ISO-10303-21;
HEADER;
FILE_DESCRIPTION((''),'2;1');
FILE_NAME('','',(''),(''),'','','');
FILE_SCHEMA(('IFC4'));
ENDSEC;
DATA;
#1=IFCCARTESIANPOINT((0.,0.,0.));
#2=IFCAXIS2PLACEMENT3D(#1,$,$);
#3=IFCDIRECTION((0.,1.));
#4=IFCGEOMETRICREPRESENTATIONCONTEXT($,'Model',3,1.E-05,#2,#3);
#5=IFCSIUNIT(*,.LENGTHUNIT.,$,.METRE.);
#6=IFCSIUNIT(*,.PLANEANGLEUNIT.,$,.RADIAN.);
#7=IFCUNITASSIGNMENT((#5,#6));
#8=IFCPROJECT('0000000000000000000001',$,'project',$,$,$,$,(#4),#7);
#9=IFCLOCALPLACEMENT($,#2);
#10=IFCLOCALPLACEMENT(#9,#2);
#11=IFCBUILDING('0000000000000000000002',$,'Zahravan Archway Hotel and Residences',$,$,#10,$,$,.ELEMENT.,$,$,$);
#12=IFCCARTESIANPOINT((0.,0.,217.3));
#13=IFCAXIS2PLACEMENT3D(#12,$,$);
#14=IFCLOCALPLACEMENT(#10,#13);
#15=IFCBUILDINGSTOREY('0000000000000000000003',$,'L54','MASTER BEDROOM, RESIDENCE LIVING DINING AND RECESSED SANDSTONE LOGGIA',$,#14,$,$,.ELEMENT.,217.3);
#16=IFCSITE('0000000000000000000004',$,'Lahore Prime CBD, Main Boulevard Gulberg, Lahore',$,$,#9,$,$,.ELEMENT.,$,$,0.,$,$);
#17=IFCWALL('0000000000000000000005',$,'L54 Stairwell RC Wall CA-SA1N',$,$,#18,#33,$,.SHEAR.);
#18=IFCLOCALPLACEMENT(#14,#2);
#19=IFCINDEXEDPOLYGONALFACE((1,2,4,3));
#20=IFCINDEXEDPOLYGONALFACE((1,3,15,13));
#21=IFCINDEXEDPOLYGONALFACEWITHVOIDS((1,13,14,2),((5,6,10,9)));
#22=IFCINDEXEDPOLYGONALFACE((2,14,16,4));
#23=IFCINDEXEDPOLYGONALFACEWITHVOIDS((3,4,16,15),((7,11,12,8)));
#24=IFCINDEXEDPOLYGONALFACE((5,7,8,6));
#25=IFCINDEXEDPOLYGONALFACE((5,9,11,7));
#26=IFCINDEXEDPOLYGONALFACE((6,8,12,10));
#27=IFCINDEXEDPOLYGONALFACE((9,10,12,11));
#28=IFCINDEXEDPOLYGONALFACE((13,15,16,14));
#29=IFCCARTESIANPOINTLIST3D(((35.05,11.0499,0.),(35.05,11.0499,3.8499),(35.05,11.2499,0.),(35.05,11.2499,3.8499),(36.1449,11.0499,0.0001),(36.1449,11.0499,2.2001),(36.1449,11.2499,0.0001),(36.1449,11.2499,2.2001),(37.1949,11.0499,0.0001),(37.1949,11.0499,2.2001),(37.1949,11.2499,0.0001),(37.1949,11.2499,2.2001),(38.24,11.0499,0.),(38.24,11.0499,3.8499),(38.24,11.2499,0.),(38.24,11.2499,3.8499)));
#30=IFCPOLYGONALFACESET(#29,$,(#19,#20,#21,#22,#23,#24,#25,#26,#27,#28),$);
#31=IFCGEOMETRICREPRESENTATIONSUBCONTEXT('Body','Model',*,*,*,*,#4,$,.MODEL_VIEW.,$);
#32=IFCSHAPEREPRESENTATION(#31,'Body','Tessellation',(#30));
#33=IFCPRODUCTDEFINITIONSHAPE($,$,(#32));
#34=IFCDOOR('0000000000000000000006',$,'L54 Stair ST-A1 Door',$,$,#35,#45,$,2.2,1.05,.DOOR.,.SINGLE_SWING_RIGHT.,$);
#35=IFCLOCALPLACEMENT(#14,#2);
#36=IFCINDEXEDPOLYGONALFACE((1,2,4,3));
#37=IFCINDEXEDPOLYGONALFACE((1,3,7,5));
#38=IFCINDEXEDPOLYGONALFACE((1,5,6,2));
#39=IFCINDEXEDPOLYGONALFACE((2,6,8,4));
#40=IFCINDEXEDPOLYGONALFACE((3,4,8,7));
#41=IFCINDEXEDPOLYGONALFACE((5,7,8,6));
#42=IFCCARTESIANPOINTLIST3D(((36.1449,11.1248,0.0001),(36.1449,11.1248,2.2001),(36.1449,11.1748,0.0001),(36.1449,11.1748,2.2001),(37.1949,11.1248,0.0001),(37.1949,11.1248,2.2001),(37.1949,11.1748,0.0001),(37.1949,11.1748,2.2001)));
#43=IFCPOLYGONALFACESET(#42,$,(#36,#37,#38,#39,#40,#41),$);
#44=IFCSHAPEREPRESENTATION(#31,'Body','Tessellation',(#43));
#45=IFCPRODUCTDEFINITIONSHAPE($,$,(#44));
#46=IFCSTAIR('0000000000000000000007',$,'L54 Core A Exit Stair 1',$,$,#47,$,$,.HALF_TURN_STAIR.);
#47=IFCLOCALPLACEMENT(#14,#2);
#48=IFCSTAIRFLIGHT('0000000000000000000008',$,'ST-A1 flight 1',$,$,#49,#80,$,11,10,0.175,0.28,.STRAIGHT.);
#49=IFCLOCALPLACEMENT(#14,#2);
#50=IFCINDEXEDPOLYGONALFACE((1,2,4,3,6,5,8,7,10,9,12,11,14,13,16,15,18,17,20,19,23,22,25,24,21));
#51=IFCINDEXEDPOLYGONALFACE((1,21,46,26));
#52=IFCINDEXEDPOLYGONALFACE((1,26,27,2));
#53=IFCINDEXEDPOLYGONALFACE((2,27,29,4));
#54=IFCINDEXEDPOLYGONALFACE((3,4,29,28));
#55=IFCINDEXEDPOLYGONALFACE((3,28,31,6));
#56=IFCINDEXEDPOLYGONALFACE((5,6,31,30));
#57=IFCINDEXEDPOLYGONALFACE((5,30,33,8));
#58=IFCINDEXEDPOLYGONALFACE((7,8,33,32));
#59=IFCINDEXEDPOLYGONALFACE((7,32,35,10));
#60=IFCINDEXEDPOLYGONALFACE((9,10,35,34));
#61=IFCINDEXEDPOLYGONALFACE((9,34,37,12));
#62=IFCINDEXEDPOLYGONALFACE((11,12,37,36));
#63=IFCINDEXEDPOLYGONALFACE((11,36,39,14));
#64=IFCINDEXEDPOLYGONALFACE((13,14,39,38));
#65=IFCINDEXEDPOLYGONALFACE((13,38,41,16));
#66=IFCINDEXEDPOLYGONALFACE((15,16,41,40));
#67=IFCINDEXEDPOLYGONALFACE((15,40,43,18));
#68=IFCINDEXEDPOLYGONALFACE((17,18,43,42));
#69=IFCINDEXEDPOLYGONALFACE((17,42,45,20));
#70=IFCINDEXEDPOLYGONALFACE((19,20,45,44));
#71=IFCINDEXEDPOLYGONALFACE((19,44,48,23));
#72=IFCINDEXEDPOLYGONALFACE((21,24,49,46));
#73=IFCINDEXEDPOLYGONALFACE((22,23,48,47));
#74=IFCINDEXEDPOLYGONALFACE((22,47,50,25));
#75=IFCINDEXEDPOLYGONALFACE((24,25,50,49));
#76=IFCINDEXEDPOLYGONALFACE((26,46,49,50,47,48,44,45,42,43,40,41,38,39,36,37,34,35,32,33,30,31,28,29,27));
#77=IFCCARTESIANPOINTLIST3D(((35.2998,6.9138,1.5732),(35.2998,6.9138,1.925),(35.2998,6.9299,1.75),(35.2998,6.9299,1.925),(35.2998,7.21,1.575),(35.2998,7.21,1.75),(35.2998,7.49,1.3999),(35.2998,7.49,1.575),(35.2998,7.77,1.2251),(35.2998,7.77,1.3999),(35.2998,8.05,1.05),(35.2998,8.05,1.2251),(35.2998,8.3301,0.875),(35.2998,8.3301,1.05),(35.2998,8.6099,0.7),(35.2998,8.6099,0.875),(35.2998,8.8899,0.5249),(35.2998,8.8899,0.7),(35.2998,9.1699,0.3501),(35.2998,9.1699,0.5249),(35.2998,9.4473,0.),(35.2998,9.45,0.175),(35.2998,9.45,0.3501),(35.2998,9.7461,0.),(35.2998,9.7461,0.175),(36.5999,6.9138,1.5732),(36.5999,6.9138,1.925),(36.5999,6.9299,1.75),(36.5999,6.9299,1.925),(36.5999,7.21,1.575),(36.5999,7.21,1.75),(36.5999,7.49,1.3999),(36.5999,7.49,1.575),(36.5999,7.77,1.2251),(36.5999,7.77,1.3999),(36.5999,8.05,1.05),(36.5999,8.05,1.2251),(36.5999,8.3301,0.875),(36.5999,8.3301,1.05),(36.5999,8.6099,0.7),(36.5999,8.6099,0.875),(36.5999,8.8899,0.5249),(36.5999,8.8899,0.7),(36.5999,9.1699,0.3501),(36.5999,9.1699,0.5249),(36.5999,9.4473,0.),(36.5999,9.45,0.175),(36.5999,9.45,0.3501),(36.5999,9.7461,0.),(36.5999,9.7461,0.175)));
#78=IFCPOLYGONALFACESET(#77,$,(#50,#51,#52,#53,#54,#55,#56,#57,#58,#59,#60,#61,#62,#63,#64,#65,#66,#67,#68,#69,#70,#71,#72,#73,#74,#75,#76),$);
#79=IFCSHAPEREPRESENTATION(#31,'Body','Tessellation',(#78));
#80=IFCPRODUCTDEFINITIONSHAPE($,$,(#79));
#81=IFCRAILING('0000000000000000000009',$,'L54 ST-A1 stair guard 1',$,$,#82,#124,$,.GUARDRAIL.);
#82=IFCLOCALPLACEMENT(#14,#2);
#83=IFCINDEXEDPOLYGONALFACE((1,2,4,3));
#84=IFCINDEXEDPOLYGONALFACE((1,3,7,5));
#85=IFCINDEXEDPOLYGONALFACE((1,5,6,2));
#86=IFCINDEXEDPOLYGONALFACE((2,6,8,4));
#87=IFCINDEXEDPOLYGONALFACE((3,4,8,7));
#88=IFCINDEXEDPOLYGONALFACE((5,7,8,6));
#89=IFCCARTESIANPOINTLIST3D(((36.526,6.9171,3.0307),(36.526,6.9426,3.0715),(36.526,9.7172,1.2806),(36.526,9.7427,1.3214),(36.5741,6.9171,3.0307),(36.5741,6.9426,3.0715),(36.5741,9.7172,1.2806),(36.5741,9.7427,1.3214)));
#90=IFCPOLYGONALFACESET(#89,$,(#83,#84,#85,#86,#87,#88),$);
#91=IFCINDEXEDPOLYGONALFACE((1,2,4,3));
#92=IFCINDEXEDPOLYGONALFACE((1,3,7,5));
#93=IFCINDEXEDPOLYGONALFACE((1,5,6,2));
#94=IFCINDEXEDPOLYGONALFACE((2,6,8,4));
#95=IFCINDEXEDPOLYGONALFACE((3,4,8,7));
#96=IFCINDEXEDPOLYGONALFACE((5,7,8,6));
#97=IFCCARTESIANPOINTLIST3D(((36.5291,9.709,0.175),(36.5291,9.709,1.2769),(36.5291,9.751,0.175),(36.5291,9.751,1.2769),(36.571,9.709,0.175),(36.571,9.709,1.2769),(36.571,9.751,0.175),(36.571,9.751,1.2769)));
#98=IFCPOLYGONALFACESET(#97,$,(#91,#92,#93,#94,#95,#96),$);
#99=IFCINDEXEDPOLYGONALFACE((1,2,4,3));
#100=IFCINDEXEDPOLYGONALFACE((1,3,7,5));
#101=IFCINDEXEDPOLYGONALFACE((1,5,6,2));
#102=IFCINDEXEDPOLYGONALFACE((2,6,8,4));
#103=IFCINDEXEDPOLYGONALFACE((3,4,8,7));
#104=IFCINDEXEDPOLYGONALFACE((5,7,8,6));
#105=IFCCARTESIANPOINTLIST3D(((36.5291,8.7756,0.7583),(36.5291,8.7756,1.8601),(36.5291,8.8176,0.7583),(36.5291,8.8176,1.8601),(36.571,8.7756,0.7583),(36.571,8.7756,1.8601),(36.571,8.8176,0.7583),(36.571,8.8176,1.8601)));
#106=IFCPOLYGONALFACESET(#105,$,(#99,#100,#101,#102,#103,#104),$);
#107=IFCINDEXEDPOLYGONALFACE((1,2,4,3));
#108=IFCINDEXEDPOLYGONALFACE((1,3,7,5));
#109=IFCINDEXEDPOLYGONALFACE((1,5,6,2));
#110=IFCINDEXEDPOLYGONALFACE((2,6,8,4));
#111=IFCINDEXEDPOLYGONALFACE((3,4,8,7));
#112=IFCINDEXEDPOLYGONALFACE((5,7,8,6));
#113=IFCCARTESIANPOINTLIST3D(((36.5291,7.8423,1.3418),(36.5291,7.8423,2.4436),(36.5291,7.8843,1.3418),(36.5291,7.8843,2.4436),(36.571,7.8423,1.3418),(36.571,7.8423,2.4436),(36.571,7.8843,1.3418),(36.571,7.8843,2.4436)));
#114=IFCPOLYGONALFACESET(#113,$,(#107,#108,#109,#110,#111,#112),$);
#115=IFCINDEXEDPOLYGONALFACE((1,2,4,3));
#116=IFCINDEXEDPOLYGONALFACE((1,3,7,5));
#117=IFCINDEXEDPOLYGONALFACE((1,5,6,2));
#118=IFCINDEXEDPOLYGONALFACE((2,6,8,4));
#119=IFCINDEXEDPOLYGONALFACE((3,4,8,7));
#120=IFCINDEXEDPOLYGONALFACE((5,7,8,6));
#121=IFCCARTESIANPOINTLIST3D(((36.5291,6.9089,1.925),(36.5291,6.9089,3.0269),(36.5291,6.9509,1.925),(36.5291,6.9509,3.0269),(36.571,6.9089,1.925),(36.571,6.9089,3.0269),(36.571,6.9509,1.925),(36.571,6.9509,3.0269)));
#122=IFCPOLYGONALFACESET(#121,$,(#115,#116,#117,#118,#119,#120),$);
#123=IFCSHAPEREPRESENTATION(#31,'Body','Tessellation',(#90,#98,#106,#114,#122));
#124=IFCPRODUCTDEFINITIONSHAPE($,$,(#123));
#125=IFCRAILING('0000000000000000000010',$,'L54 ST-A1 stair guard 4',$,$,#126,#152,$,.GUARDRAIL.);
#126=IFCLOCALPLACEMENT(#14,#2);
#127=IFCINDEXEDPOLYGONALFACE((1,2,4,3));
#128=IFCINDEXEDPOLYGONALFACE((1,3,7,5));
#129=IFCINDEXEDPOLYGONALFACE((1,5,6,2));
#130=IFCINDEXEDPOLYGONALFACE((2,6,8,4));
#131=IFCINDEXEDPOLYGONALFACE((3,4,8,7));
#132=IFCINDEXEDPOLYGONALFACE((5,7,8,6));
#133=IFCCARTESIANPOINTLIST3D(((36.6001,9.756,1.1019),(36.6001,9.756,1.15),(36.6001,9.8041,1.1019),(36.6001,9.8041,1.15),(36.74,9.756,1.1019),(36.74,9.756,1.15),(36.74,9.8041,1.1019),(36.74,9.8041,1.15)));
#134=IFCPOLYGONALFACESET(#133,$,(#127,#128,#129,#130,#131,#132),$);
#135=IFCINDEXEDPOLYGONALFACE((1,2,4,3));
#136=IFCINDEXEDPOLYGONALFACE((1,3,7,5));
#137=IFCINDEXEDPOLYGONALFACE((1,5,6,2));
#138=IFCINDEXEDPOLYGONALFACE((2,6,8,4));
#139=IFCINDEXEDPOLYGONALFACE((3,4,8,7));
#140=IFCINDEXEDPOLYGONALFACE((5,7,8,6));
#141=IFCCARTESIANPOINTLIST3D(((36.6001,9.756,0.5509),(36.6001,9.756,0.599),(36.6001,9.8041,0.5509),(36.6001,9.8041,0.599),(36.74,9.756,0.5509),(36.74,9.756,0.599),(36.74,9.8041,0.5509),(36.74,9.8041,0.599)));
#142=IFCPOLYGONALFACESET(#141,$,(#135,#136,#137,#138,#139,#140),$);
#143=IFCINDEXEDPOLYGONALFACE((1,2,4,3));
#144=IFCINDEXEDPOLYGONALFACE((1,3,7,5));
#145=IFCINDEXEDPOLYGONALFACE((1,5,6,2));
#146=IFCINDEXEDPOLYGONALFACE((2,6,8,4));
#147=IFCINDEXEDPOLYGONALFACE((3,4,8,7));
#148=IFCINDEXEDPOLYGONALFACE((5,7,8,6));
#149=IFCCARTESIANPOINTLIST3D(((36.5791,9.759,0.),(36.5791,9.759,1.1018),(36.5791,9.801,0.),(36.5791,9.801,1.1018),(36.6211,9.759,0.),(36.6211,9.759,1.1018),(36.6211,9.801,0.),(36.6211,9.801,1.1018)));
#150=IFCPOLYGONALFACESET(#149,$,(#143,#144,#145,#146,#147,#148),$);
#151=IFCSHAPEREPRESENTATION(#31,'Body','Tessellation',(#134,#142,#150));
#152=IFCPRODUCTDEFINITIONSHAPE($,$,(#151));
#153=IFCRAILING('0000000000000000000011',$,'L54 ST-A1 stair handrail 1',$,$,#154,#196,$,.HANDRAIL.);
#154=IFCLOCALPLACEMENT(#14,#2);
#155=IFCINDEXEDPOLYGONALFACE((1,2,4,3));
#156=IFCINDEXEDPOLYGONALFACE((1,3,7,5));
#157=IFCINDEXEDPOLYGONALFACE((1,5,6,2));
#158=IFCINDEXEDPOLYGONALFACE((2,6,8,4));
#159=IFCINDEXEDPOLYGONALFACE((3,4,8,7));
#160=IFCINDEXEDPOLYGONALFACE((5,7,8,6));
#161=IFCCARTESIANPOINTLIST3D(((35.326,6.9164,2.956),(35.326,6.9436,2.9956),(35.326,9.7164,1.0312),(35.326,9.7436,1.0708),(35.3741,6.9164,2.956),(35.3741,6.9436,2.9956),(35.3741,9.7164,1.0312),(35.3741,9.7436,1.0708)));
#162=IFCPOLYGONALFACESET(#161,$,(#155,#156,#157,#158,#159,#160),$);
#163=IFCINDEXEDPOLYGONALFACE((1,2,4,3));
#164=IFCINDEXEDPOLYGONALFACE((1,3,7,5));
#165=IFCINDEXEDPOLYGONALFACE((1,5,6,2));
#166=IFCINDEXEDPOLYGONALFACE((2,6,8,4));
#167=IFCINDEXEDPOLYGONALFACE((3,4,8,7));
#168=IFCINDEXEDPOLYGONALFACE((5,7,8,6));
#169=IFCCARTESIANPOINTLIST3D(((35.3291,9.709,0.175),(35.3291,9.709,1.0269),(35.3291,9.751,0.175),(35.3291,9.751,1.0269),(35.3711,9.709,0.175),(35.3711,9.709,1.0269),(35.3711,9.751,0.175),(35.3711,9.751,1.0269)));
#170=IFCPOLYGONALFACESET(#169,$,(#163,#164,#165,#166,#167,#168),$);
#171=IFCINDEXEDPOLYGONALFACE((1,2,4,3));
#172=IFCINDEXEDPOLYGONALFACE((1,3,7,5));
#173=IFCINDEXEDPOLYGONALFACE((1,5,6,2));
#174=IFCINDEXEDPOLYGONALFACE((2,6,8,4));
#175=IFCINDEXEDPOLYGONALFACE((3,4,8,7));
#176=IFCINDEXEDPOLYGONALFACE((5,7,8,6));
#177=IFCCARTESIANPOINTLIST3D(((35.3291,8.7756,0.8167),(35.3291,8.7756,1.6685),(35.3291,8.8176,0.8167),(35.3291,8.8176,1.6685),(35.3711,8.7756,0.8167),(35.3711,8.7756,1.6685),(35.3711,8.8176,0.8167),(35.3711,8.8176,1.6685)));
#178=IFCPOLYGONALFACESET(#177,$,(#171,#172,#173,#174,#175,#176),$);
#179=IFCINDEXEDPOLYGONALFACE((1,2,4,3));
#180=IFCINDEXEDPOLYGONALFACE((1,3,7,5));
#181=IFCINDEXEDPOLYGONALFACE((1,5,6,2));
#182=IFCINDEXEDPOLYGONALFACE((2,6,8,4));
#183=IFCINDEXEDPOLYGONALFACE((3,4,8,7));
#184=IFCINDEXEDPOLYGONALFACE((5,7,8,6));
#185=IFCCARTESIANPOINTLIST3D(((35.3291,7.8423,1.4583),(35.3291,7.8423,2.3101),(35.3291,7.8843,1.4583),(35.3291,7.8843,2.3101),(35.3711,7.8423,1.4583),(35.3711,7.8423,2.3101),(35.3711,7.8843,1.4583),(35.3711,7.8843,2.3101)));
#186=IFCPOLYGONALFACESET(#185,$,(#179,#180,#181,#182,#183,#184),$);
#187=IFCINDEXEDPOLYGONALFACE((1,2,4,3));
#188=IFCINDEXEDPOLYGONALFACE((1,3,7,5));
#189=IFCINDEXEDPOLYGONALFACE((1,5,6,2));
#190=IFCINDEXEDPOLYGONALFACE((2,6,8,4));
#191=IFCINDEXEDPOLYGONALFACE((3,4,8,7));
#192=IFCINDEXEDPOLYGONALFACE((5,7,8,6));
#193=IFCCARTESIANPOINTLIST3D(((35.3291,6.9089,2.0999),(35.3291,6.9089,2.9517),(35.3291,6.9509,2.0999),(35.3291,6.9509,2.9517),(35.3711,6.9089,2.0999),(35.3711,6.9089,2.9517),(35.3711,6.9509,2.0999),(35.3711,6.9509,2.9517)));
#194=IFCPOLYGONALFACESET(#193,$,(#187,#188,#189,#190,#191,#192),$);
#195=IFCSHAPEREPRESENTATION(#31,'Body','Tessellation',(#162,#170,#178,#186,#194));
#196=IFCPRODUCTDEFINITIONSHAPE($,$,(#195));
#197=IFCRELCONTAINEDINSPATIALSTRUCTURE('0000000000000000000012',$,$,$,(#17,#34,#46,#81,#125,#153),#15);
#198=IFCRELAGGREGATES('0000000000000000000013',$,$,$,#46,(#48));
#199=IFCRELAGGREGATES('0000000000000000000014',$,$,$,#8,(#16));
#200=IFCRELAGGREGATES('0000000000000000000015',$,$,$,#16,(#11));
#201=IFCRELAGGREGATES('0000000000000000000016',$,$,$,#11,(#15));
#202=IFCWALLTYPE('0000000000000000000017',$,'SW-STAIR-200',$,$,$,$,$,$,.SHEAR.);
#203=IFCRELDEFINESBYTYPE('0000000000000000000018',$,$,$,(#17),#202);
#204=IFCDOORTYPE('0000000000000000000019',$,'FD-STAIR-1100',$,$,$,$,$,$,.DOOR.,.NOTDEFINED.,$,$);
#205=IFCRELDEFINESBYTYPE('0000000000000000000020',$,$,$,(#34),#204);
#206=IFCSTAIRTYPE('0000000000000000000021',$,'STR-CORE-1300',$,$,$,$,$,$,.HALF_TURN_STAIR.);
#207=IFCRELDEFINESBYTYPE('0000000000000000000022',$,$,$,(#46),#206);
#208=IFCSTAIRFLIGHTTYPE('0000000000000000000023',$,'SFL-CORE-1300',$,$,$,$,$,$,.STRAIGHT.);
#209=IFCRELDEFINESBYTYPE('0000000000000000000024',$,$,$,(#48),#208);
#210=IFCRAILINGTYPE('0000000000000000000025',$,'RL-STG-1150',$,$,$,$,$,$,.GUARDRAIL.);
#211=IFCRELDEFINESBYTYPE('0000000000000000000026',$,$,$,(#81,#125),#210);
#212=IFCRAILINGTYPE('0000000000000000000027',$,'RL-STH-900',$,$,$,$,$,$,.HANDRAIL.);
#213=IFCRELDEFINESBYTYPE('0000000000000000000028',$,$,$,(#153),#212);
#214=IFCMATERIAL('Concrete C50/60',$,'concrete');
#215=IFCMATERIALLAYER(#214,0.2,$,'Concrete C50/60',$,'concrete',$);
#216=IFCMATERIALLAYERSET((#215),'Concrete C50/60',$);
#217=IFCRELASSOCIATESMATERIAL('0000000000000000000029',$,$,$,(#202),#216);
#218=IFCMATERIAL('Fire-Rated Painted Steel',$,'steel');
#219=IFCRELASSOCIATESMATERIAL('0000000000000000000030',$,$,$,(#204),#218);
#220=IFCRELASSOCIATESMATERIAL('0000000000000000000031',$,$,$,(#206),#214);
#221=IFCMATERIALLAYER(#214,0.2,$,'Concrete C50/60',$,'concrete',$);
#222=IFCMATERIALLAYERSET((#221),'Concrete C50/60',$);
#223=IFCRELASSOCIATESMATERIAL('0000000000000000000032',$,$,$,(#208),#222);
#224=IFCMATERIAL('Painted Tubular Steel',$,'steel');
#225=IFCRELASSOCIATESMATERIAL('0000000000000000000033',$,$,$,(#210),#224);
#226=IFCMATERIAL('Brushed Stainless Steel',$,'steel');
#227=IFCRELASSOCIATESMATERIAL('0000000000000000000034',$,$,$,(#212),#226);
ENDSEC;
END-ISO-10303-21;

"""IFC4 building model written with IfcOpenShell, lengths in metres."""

from ifc_helpers import new_model, si_unit, direction, frame, frame_2d, origin, origin_2d, place, context, subcontext, project, spatial, polyline, rectangle, outline, extrude, source, transform, mapped, material, layer, layer_set, type_object, type_shapes, element, fill, aggregate, save


model = new_model("IFC4")

# Units and contexts
model_context = context("Model", 3, precision=1e-05, world=origin(), true_north=direction((0.0, 1.0)))
body_context = subcontext(model_context, "Body", "Model", "MODEL_VIEW")
ifc_project = project(units=[si_unit("LENGTHUNIT", "METRE"), si_unit("PLANEANGLEUNIT", "RADIAN")], contexts=[model_context])

# Site, building, storey
site_placement = place(None, origin())
site = spatial("IfcSite", under=ifc_project, at=site_placement, Name="Lahore Prime CBD, Main Boulevard Gulberg, Lahore", CompositionType="ELEMENT", RefElevation=0.0)
building_placement = place(site_placement, origin())
building = spatial("IfcBuilding", under=site, at=building_placement, Name="Zahravan Archway Hotel and Residences", CompositionType="ELEMENT")
storey_placement = place(building_placement, frame((0.0, 0.0, 217.3)))
storey = spatial("IfcBuildingStorey", under=building, at=storey_placement, Name="L54", Description="MASTER BEDROOM, RESIDENCE LIVING DINING AND RECESSED SANDSTONE LOGGIA", CompositionType="ELEMENT", Elevation=217.3)

# Shared definitions
ifc_material_1 = material(Name="Fire-Rated Painted Steel", Category="steel")

# Shared definitions
ifc_material_2 = material(Name="Brushed Stainless Steel", Category="steel")

# Wall, opening, door
ifc_material_3 = material(Name="Concrete C50/60", Category="concrete")
ifc_layer_1 = layer(ifc_material_3, 0.2, Name="Concrete C50/60", Category="concrete")
ifc_layer_set_1 = layer_set([ifc_layer_1], Name="Concrete C50/60")
wall_type_1 = type_object("IfcWallType", Name="SW-STAIR-200", PredefinedType="SHEAR", material=ifc_layer_set_1)
wall_1_placement = place(storey_placement, frame((35.05, 11.1499, 0.0), z_axis=(0.0, 0.0, 1.0), x_axis=(1.0, 0.0, 0.0)))
wall_1 = element("IfcWall", 1, at=wall_1_placement, inside=storey, type_object=wall_type_1, Name="L54 Stairwell RC Wall CA-SA1N", PredefinedType="SHEAR", context=body_context, shape_type="SweptSolid", body=[
    extrude(rectangle(XDim=3.1899, YDim=0.2, at=frame_2d((1.595, 0.0))), origin(), (0.0, 0.0, 1.0), 3.8499),
])
opening_1_placement = place(wall_1_placement, frame((1.095, 0.0, 0.0)))
opening_1 = element("IfcOpeningElement", 2, at=opening_1_placement, cuts=wall_1, PredefinedType="OPENING", context=body_context, shape_type="SweptSolid", body=[
    extrude(rectangle(XDim=1.05, YDim=2.2, at=frame_2d((0.5249, 1.1001))), frame((0.0, 0.1099, 0.0), z_axis=(0.0, -1.0, 0.0), x_axis=(1.0, 0.0, 0.0)), (0.0, 0.0, 1.0), 0.22),
])
door_type_1 = type_object("IfcDoorType", Name="FD-STAIR-1100", OperationType="NOTDEFINED", PredefinedType="DOOR", material=ifc_material_1)
shared_shape_1 = source(origin(), body_context, "Body", "SweptSolid", [
    extrude(rectangle(XDim=1.05, YDim=2.2, at=frame_2d((0.5249, 1.1001))), frame((0.0, 0.0249, 0.0), z_axis=(0.0, -1.0, 0.0), x_axis=(1.0, 0.0, 0.0)), (0.0, 0.0, 1.0), 0.05),
])
type_shapes(door_type_1, [shared_shape_1])
door_1_placement = place(opening_1_placement, origin())
door_1 = element("IfcDoor", 3, at=door_1_placement, inside=storey, type_object=door_type_1, Name="L54 Stair ST-A1 Door", OperationType="SINGLE_SWING_RIGHT", OverallHeight=2.2, OverallWidth=1.05, PredefinedType="DOOR", context=body_context, shape_type="MappedRepresentation", body=[
    mapped(shared_shape_1, transform((0.0, 0.0, 0.0), scale=1.0)),
])
fill(opening_1, door_1)

# Stair, stair flight
stair_type = type_object("IfcStairType", Name="STR-CORE-1300", PredefinedType="HALF_TURN_STAIR", material=ifc_material_3)
stair_placement = place(storey_placement, origin())
stair = element("IfcStair", 4, at=stair_placement, inside=storey, type_object=stair_type, Name="L54 Core A Exit Stair 1", PredefinedType="HALF_TURN_STAIR")
ifc_layer_2 = layer(ifc_material_3, 0.2, Name="Concrete C50/60", Category="concrete")
ifc_layer_set_2 = layer_set([ifc_layer_2], Name="Concrete C50/60")
stair_flight_type = type_object("IfcStairFlightType", Name="SFL-CORE-1300", PredefinedType="STRAIGHT", material=ifc_layer_set_2)
shared_shape_2 = source(origin(), body_context, "Body", "SweptSolid", [
    extrude(outline(polyline([(-0.0161, 0.0), (-0.0161, 0.175), (0.28, 0.175), (0.28, 0.3501), (0.5601, 0.3501), (0.5601, 0.5249), (0.8401, 0.5249), (0.8401, 0.7), (1.1201, 0.7), (1.1201, 0.875), (1.3999, 0.875), (1.3999, 1.05), (1.6799, 1.05), (1.6799, 1.2251), (1.96, 1.2251), (1.96, 1.3999), (2.24, 1.3999), (2.24, 1.575), (2.52, 1.575), (2.52, 1.75), (2.8, 1.75), (2.8, 1.925), (2.8162, 1.925), (2.8162, 1.5732), (0.2827, 0.0), (-0.0161, 0.0)])), frame((0.0, 0.6499, 0.0), z_axis=(0.0, -1.0, 0.0), x_axis=(1.0, 0.0, 0.0)), (0.0, 0.0, 1.0), 1.3),
])
stair_flight_placement = place(storey_placement, frame((35.95, 9.73, 0.0), z_axis=(0.0, 0.0, 1.0), x_axis=(0.0, -1.0, 0.0)))
stair_flight = element("IfcStairFlight", 5, at=stair_flight_placement, type_object=stair_flight_type, Name="ST-A1 flight 1", NumberOfRisers=11, NumberOfTreads=10, PredefinedType="STRAIGHT", RiserHeight=0.175, TreadLength=0.28, context=body_context, shape_type="MappedRepresentation", body=[
    mapped(shared_shape_2, transform((0.0, 0.0, 0.0), scale=1.0)),
])
aggregate(stair, [stair_flight])

# Railings
ifc_material_4 = material(Name="Painted Tubular Steel", Category="steel")
railing_type_1 = type_object("IfcRailingType", Name="RL-STG-1150", PredefinedType="GUARDRAIL", material=ifc_material_4)
railing_1_placement = place(storey_placement, frame((36.55, 9.73, 0.175)))
element("IfcRailing", 6, at=railing_1_placement, inside=storey, type_object=railing_type_1, Name="L54 ST-A1 stair guard 1", PredefinedType="GUARDRAIL", context=body_context, shape_type="SweptSolid", body=[
    extrude(rectangle(XDim=0.0481, YDim=0.0481, at=origin_2d()), frame((0.0, 0.0, 1.126), z_axis=(0.0, -0.848002, 0.529992), x_axis=(1.0, 0.0, 0.0)), (0.0, 0.0, 1.0), 3.302),
    extrude(rectangle(XDim=0.042, YDim=0.042, at=origin_2d()), origin(), (0.0, 0.0, 1.0), 1.1018),
    extrude(rectangle(XDim=0.042, YDim=0.042, at=origin_2d()), frame((0.0, -0.9333, 0.5833)), (0.0, 0.0, 1.0), 1.1018),
    extrude(rectangle(XDim=0.042, YDim=0.042, at=origin_2d()), frame((0.0, -1.8667, 1.1667)), (0.0, 0.0, 1.0), 1.1018),
    extrude(rectangle(XDim=0.042, YDim=0.042, at=origin_2d()), frame((0.0, -2.8, 1.75)), (0.0, 0.0, 1.0), 1.1018),
])
railing_2_placement = place(storey_placement, frame((36.6001, 9.78, 0.0)))
element("IfcRailing", 7, at=railing_2_placement, inside=storey, type_object=railing_type_1, Name="L54 ST-A1 stair guard 4", PredefinedType="GUARDRAIL", context=body_context, shape_type="SweptSolid", body=[
    extrude(rectangle(XDim=0.0481, YDim=0.0481, at=origin_2d()), frame((0.0, 0.0, 1.126), z_axis=(1.0, 0.0, 0.0), x_axis=(0.0, 1.0, 0.0)), (0.0, 0.0, 1.0), 0.1399),
    extrude(rectangle(XDim=0.0481, YDim=0.0481, at=origin_2d()), frame((0.0, 0.0, 0.575), z_axis=(1.0, 0.0, 0.0), x_axis=(0.0, 1.0, 0.0)), (0.0, 0.0, 1.0), 0.1399),
    extrude(rectangle(XDim=0.042, YDim=0.042, at=origin_2d()), origin(), (0.0, 0.0, 1.0), 1.1018),
])
railing_type_2 = type_object("IfcRailingType", Name="RL-STH-900", PredefinedType="HANDRAIL", material=ifc_material_2)
railing_3_placement = place(storey_placement, frame((35.3501, 9.73, 0.175)))
element("IfcRailing", 8, at=railing_3_placement, inside=storey, type_object=railing_type_2, Name="L54 ST-A1 stair handrail 1", PredefinedType="HANDRAIL", context=body_context, shape_type="SweptSolid", body=[
    extrude(rectangle(XDim=0.0481, YDim=0.0481, at=origin_2d()), frame((0.0, 0.0, 0.876), z_axis=(0.0, -0.824073, 0.566483), x_axis=(1.0, 0.0, 0.0)), (0.0, 0.0, 1.0), 3.3977),
    extrude(rectangle(XDim=0.042, YDim=0.042, at=origin_2d()), origin(), (0.0, 0.0, 1.0), 0.8518),
    extrude(rectangle(XDim=0.042, YDim=0.042, at=origin_2d()), frame((0.0, -0.9333, 0.6416)), (0.0, 0.0, 1.0), 0.8518),
    extrude(rectangle(XDim=0.042, YDim=0.042, at=origin_2d()), frame((0.0, -1.8667, 1.2832)), (0.0, 0.0, 1.0), 0.8518),
    extrude(rectangle(XDim=0.042, YDim=0.042, at=origin_2d()), frame((0.0, -2.8, 1.9248)), (0.0, 0.0, 1.0), 0.8518),
])

save(model, "model.ifc")
